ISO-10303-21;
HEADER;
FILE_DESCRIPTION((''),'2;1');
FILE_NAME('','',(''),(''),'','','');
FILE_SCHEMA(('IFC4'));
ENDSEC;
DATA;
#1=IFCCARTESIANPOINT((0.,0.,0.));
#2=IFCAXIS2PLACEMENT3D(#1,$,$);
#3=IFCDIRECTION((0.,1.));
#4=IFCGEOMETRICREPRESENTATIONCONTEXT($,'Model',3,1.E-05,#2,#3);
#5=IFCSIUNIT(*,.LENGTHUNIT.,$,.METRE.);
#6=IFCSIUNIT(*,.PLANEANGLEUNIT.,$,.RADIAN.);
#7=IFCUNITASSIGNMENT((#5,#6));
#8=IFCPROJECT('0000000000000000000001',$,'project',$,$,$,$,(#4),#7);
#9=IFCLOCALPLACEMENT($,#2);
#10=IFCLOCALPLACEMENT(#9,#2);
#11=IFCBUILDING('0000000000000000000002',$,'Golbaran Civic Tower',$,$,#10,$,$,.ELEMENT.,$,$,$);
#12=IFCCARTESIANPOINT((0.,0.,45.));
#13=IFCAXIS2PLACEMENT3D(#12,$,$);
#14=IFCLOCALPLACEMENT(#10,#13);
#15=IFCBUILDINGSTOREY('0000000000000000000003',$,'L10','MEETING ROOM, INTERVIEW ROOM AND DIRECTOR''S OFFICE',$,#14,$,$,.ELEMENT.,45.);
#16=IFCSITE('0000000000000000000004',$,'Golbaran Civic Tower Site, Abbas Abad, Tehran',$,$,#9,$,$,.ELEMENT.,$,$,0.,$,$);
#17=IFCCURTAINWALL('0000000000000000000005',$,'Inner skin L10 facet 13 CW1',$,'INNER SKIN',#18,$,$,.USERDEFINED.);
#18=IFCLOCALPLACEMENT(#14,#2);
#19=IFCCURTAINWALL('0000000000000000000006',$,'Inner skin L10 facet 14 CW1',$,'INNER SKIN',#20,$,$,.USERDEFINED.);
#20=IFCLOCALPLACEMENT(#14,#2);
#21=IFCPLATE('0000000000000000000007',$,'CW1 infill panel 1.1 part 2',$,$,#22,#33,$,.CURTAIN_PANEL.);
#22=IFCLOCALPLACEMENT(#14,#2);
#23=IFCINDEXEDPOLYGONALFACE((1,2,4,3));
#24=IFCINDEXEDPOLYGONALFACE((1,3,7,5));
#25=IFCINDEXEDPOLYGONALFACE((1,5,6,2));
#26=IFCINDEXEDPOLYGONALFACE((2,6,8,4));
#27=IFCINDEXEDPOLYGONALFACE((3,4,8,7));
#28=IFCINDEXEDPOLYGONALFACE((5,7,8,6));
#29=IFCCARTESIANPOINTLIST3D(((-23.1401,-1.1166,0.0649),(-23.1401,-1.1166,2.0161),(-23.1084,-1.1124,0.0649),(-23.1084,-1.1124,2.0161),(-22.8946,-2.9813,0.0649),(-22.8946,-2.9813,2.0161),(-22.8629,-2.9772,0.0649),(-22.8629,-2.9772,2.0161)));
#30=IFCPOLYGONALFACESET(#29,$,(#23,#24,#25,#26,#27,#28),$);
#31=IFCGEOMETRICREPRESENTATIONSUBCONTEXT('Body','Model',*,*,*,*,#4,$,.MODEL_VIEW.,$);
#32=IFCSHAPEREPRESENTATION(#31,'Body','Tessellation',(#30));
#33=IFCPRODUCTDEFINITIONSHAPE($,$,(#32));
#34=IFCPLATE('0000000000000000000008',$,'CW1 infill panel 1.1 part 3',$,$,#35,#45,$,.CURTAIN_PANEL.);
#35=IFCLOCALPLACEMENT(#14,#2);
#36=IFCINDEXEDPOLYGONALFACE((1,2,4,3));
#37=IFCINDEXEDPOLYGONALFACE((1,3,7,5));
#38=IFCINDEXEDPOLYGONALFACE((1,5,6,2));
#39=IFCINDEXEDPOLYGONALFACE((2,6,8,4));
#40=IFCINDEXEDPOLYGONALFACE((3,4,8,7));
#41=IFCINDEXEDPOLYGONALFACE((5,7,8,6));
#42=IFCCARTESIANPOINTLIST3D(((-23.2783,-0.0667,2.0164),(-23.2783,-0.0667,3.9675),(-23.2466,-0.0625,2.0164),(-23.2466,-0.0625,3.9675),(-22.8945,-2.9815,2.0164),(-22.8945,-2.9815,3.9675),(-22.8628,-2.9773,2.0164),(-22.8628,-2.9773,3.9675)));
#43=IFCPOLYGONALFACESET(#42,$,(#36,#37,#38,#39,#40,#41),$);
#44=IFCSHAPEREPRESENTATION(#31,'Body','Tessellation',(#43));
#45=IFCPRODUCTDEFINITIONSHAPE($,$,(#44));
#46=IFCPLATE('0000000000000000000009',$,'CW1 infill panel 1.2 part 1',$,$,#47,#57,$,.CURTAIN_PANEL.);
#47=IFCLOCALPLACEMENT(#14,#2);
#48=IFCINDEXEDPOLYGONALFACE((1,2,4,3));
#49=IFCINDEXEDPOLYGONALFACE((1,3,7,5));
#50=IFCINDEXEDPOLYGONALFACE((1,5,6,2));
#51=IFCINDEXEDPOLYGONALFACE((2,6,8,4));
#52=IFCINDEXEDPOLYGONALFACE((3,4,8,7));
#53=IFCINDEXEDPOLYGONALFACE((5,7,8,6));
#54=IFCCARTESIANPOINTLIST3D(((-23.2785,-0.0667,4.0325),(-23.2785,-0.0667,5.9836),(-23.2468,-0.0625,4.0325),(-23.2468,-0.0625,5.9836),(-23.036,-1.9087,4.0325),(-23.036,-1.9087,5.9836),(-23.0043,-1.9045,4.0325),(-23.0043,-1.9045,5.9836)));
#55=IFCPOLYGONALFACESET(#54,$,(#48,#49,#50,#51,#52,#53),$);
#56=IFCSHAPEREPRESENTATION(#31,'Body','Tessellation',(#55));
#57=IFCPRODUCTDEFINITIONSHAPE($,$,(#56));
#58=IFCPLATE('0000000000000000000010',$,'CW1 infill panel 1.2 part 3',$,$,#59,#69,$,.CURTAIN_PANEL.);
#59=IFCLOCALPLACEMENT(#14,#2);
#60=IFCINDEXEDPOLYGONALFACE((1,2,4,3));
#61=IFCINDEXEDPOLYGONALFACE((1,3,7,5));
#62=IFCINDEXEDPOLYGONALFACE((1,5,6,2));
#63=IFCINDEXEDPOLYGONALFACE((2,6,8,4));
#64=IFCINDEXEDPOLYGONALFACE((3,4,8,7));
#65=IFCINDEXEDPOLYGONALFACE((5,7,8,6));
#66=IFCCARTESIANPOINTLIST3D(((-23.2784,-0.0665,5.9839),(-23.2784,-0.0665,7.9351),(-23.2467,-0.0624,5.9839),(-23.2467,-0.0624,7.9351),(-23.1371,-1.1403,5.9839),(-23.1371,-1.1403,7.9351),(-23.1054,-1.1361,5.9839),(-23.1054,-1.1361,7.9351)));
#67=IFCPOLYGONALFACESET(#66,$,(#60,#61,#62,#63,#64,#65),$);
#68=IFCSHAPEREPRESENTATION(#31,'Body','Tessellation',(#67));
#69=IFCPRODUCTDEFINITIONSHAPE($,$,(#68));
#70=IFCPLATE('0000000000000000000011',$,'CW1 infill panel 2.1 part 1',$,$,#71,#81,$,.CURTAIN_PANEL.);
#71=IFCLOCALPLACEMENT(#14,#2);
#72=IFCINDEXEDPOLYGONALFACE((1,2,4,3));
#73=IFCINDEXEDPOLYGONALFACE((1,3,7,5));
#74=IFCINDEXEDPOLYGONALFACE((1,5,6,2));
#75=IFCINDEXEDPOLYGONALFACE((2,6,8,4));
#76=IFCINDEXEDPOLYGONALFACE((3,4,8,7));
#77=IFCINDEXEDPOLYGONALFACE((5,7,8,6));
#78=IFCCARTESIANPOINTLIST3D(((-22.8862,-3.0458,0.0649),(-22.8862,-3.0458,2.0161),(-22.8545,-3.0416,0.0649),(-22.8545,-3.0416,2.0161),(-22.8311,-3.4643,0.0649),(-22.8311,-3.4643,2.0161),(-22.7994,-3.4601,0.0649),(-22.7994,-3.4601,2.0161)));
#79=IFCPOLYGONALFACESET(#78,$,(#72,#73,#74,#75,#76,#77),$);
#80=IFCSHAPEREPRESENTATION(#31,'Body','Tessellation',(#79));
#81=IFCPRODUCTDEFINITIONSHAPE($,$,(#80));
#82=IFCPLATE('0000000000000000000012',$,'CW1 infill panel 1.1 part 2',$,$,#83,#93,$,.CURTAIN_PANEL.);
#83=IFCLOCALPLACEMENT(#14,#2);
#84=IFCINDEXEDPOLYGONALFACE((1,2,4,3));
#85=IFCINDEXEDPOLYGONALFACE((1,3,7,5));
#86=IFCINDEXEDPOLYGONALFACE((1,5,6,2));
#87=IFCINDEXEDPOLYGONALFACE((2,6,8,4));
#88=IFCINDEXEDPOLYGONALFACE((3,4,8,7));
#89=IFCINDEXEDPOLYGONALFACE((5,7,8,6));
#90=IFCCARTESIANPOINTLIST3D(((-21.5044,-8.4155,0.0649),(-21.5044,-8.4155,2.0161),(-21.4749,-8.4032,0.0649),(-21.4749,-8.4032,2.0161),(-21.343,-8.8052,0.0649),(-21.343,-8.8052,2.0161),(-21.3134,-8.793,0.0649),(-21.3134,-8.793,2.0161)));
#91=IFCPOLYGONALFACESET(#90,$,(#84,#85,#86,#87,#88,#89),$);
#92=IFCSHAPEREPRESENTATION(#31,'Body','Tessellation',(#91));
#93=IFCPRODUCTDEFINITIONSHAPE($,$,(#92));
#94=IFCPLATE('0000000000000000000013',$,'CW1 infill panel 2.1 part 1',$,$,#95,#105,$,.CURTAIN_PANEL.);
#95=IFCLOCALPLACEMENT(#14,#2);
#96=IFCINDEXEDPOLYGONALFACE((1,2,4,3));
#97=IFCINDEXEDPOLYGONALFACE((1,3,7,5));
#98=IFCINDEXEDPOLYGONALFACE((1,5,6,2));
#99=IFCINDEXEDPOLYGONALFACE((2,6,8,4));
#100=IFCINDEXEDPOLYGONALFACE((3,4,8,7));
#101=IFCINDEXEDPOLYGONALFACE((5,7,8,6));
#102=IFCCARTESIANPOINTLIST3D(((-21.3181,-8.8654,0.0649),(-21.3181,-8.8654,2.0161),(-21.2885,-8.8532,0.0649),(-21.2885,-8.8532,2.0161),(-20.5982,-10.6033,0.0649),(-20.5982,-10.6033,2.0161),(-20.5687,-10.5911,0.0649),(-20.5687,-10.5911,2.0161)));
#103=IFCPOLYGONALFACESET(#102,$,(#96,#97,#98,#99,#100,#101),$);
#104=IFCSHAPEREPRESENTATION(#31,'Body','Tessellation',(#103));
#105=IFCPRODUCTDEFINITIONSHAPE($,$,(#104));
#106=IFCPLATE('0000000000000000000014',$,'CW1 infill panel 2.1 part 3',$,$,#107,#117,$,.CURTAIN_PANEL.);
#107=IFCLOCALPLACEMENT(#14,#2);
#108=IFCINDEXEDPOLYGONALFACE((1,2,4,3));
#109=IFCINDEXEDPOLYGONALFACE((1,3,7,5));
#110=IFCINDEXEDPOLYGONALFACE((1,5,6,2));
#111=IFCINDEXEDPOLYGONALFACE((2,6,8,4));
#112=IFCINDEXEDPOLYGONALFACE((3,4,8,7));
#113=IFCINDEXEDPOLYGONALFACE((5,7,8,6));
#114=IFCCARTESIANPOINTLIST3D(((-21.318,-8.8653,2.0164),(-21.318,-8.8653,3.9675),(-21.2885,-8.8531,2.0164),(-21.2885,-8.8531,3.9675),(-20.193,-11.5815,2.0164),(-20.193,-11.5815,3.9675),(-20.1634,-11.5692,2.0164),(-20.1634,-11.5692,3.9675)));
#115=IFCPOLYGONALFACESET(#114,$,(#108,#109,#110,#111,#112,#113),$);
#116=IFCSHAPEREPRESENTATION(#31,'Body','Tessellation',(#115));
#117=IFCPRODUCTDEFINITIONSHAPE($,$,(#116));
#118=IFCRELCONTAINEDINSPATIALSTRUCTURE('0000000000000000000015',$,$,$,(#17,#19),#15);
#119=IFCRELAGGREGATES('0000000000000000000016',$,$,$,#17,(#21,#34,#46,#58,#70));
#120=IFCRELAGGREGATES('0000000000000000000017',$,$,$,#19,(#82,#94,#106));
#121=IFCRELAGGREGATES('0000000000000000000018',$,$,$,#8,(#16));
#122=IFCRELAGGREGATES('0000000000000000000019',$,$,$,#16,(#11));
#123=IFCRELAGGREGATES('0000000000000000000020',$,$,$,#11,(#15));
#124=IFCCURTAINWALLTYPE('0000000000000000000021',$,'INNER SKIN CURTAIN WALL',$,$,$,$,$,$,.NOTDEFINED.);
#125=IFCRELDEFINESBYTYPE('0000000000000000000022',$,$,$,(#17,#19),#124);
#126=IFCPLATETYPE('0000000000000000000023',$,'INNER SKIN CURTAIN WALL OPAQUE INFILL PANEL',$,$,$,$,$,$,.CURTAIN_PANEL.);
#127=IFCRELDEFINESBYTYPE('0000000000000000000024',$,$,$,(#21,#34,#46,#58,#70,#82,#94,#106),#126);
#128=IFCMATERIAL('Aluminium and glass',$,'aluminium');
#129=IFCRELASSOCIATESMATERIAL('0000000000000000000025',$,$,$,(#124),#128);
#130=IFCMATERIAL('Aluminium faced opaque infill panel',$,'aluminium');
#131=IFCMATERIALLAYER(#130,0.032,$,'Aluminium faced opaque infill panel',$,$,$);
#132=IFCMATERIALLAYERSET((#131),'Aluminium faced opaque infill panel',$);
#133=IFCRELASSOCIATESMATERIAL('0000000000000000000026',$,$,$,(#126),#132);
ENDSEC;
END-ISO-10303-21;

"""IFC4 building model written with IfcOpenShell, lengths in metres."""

from ifc_helpers import new_model, si_unit, direction, frame, origin, origin_2d, place, context, subcontext, project, spatial, rectangle, extrude, material, layer, layer_set, type_object, element, aggregate, save


model = new_model("IFC4")

# Units and contexts
model_context = context("Model", 3, precision=1e-05, world=origin(), true_north=direction((0.0, 1.0)))
body_context = subcontext(model_context, "Body", "Model", "MODEL_VIEW")
ifc_project = project(units=[si_unit("LENGTHUNIT", "METRE"), si_unit("PLANEANGLEUNIT", "RADIAN")], contexts=[model_context])

# Site, building, storey
site_placement = place(None, origin())
site = spatial("IfcSite", under=ifc_project, at=site_placement, Name="Golbaran Civic Tower Site, Abbas Abad, Tehran", CompositionType="ELEMENT", RefElevation=0.0)
building_placement = place(site_placement, origin())
building = spatial("IfcBuilding", under=site, at=building_placement, Name="Golbaran Civic Tower", CompositionType="ELEMENT")
storey_placement = place(building_placement, frame((0.0, 0.0, 45.0)))
storey = spatial("IfcBuildingStorey", under=building, at=storey_placement, Name="L10", Description="MEETING ROOM, INTERVIEW ROOM AND DIRECTOR'S OFFICE", CompositionType="ELEMENT", Elevation=45.0)

# Curtain walls
ifc_material_1 = material(Name="Aluminium and glass", Category="aluminium")
curtain_wall_type = type_object("IfcCurtainWallType", Name="INNER SKIN CURTAIN WALL", PredefinedType="NOTDEFINED", material=ifc_material_1)
curtain_wall_1_placement = place(storey_placement, origin())
curtain_wall_1 = element("IfcCurtainWall", 1, at=curtain_wall_1_placement, inside=storey, type_object=curtain_wall_type, Name="Inner skin L10 facet 13 CW1", ObjectType="INNER SKIN", PredefinedType="USERDEFINED")
curtain_wall_2_placement = place(storey_placement, origin())
curtain_wall_2 = element("IfcCurtainWall", 2, at=curtain_wall_2_placement, inside=storey, type_object=curtain_wall_type, Name="Inner skin L10 facet 14 CW1", ObjectType="INNER SKIN", PredefinedType="USERDEFINED")

# Plates
ifc_material_2 = material(Name="Aluminium faced opaque infill panel", Category="aluminium")
ifc_layer_1 = layer(ifc_material_2, 0.032, Name="Aluminium faced opaque infill panel")
ifc_layer_set_1 = layer_set([ifc_layer_1], Name="Aluminium faced opaque infill panel")
plate_type_1 = type_object("IfcPlateType", Name="INNER SKIN CURTAIN WALL OPAQUE INFILL PANEL", PredefinedType="CURTAIN_PANEL", material=ifc_layer_set_1)
plate_1_placement = place(storey_placement, frame((-23.0015, -2.0469, 0.0649), z_axis=(0.0, 0.0, 1.0), x_axis=(0.130526, -0.991445, 0.0)))
plate_1 = element("IfcPlate", 3, at=plate_1_placement, type_object=plate_type_1, Name="CW1 infill panel 1.1 part 2", PredefinedType="CURTAIN_PANEL", context=body_context, shape_type="SweptSolid", body=[
    extrude(rectangle(XDim=1.8809, YDim=0.032, at=origin_2d()), origin(), (0.0, 0.0, 1.0), 1.9512),
])
plate_2_placement = place(storey_placement, frame((-23.0706, -1.522, 2.0164), z_axis=(0.0, 0.0, 1.0), x_axis=(0.130526, -0.991445, 0.0)))
plate_2 = element("IfcPlate", 4, at=plate_2_placement, type_object=plate_type_1, Name="CW1 infill panel 1.1 part 3", PredefinedType="CURTAIN_PANEL", context=body_context, shape_type="SweptSolid", body=[
    extrude(rectangle(XDim=2.9399, YDim=0.032, at=origin_2d()), origin(), (0.0, 0.0, 1.0), 1.9512),
])
plate_3_placement = place(storey_placement, frame((-23.1414, -0.9856, 4.0325), z_axis=(0.0, 0.0, 1.0), x_axis=(0.130526, -0.991445, 0.0)))
plate_3 = element("IfcPlate", 5, at=plate_3_placement, type_object=plate_type_1, Name="CW1 infill panel 1.2 part 1", PredefinedType="CURTAIN_PANEL", context=body_context, shape_type="SweptSolid", body=[
    extrude(rectangle(XDim=1.8579, YDim=0.032, at=origin_2d()), origin(), (0.0, 0.0, 1.0), 1.9512),
])
plate_4_placement = place(storey_placement, frame((-23.1919, -0.6013, 5.9839), z_axis=(0.0, 0.0, 1.0), x_axis=(0.130526, -0.991445, 0.0)))
plate_4 = element("IfcPlate", 6, at=plate_4_placement, type_object=plate_type_1, Name="CW1 infill panel 1.2 part 3", PredefinedType="CURTAIN_PANEL", context=body_context, shape_type="SweptSolid", body=[
    extrude(rectangle(XDim=1.083, YDim=0.032, at=origin_2d()), origin(), (0.0, 0.0, 1.0), 1.9512),
])
plate_5_placement = place(storey_placement, frame((-22.8428, -3.2529, 0.0649), z_axis=(0.0, 0.0, 1.0), x_axis=(0.130526, -0.991445, 0.0)))
plate_5 = element("IfcPlate", 7, at=plate_5_placement, type_object=plate_type_1, Name="CW1 infill panel 2.1 part 1", PredefinedType="CURTAIN_PANEL", context=body_context, shape_type="SweptSolid", body=[
    extrude(rectangle(XDim=0.4221, YDim=0.032, at=origin_2d()), origin(), (0.0, 0.0, 1.0), 1.9512),
])
aggregate(curtain_wall_1, [plate_1, plate_2, plate_3, plate_4, plate_5])
plate_6_placement = place(storey_placement, frame((-21.4089, -8.6042, 0.0649), z_axis=(0.0, 0.0, 1.0), x_axis=(0.382683, -0.92388, 0.0)))
plate_6 = element("IfcPlate", 8, at=plate_6_placement, type_object=plate_type_1, Name="CW1 infill panel 1.1 part 2", PredefinedType="CURTAIN_PANEL", context=body_context, shape_type="SweptSolid", body=[
    extrude(rectangle(XDim=0.4219, YDim=0.032, at=origin_2d()), origin(), (0.0, 0.0, 1.0), 1.9512),
])
plate_7_placement = place(storey_placement, frame((-20.9434, -9.7283, 0.0649), z_axis=(0.0, 0.0, 1.0), x_axis=(0.382683, -0.92388, 0.0)))
plate_7 = element("IfcPlate", 9, at=plate_7_placement, type_object=plate_type_1, Name="CW1 infill panel 2.1 part 1", PredefinedType="CURTAIN_PANEL", context=body_context, shape_type="SweptSolid", body=[
    extrude(rectangle(XDim=1.8811, YDim=0.032, at=origin_2d()), origin(), (0.0, 0.0, 1.0), 1.9512),
])
plate_8_placement = place(storey_placement, frame((-20.7407, -10.2173, 2.0164), z_axis=(0.0, 0.0, 1.0), x_axis=(0.382683, -0.92388, 0.0)))
plate_8 = element("IfcPlate", 10, at=plate_8_placement, type_object=plate_type_1, Name="CW1 infill panel 2.1 part 3", PredefinedType="CURTAIN_PANEL", context=body_context, shape_type="SweptSolid", body=[
    extrude(rectangle(XDim=2.9399, YDim=0.032, at=origin_2d()), origin(), (0.0, 0.0, 1.0), 1.9512),
])
aggregate(curtain_wall_2, [plate_6, plate_7, plate_8])

save(model, "model.ifc")
